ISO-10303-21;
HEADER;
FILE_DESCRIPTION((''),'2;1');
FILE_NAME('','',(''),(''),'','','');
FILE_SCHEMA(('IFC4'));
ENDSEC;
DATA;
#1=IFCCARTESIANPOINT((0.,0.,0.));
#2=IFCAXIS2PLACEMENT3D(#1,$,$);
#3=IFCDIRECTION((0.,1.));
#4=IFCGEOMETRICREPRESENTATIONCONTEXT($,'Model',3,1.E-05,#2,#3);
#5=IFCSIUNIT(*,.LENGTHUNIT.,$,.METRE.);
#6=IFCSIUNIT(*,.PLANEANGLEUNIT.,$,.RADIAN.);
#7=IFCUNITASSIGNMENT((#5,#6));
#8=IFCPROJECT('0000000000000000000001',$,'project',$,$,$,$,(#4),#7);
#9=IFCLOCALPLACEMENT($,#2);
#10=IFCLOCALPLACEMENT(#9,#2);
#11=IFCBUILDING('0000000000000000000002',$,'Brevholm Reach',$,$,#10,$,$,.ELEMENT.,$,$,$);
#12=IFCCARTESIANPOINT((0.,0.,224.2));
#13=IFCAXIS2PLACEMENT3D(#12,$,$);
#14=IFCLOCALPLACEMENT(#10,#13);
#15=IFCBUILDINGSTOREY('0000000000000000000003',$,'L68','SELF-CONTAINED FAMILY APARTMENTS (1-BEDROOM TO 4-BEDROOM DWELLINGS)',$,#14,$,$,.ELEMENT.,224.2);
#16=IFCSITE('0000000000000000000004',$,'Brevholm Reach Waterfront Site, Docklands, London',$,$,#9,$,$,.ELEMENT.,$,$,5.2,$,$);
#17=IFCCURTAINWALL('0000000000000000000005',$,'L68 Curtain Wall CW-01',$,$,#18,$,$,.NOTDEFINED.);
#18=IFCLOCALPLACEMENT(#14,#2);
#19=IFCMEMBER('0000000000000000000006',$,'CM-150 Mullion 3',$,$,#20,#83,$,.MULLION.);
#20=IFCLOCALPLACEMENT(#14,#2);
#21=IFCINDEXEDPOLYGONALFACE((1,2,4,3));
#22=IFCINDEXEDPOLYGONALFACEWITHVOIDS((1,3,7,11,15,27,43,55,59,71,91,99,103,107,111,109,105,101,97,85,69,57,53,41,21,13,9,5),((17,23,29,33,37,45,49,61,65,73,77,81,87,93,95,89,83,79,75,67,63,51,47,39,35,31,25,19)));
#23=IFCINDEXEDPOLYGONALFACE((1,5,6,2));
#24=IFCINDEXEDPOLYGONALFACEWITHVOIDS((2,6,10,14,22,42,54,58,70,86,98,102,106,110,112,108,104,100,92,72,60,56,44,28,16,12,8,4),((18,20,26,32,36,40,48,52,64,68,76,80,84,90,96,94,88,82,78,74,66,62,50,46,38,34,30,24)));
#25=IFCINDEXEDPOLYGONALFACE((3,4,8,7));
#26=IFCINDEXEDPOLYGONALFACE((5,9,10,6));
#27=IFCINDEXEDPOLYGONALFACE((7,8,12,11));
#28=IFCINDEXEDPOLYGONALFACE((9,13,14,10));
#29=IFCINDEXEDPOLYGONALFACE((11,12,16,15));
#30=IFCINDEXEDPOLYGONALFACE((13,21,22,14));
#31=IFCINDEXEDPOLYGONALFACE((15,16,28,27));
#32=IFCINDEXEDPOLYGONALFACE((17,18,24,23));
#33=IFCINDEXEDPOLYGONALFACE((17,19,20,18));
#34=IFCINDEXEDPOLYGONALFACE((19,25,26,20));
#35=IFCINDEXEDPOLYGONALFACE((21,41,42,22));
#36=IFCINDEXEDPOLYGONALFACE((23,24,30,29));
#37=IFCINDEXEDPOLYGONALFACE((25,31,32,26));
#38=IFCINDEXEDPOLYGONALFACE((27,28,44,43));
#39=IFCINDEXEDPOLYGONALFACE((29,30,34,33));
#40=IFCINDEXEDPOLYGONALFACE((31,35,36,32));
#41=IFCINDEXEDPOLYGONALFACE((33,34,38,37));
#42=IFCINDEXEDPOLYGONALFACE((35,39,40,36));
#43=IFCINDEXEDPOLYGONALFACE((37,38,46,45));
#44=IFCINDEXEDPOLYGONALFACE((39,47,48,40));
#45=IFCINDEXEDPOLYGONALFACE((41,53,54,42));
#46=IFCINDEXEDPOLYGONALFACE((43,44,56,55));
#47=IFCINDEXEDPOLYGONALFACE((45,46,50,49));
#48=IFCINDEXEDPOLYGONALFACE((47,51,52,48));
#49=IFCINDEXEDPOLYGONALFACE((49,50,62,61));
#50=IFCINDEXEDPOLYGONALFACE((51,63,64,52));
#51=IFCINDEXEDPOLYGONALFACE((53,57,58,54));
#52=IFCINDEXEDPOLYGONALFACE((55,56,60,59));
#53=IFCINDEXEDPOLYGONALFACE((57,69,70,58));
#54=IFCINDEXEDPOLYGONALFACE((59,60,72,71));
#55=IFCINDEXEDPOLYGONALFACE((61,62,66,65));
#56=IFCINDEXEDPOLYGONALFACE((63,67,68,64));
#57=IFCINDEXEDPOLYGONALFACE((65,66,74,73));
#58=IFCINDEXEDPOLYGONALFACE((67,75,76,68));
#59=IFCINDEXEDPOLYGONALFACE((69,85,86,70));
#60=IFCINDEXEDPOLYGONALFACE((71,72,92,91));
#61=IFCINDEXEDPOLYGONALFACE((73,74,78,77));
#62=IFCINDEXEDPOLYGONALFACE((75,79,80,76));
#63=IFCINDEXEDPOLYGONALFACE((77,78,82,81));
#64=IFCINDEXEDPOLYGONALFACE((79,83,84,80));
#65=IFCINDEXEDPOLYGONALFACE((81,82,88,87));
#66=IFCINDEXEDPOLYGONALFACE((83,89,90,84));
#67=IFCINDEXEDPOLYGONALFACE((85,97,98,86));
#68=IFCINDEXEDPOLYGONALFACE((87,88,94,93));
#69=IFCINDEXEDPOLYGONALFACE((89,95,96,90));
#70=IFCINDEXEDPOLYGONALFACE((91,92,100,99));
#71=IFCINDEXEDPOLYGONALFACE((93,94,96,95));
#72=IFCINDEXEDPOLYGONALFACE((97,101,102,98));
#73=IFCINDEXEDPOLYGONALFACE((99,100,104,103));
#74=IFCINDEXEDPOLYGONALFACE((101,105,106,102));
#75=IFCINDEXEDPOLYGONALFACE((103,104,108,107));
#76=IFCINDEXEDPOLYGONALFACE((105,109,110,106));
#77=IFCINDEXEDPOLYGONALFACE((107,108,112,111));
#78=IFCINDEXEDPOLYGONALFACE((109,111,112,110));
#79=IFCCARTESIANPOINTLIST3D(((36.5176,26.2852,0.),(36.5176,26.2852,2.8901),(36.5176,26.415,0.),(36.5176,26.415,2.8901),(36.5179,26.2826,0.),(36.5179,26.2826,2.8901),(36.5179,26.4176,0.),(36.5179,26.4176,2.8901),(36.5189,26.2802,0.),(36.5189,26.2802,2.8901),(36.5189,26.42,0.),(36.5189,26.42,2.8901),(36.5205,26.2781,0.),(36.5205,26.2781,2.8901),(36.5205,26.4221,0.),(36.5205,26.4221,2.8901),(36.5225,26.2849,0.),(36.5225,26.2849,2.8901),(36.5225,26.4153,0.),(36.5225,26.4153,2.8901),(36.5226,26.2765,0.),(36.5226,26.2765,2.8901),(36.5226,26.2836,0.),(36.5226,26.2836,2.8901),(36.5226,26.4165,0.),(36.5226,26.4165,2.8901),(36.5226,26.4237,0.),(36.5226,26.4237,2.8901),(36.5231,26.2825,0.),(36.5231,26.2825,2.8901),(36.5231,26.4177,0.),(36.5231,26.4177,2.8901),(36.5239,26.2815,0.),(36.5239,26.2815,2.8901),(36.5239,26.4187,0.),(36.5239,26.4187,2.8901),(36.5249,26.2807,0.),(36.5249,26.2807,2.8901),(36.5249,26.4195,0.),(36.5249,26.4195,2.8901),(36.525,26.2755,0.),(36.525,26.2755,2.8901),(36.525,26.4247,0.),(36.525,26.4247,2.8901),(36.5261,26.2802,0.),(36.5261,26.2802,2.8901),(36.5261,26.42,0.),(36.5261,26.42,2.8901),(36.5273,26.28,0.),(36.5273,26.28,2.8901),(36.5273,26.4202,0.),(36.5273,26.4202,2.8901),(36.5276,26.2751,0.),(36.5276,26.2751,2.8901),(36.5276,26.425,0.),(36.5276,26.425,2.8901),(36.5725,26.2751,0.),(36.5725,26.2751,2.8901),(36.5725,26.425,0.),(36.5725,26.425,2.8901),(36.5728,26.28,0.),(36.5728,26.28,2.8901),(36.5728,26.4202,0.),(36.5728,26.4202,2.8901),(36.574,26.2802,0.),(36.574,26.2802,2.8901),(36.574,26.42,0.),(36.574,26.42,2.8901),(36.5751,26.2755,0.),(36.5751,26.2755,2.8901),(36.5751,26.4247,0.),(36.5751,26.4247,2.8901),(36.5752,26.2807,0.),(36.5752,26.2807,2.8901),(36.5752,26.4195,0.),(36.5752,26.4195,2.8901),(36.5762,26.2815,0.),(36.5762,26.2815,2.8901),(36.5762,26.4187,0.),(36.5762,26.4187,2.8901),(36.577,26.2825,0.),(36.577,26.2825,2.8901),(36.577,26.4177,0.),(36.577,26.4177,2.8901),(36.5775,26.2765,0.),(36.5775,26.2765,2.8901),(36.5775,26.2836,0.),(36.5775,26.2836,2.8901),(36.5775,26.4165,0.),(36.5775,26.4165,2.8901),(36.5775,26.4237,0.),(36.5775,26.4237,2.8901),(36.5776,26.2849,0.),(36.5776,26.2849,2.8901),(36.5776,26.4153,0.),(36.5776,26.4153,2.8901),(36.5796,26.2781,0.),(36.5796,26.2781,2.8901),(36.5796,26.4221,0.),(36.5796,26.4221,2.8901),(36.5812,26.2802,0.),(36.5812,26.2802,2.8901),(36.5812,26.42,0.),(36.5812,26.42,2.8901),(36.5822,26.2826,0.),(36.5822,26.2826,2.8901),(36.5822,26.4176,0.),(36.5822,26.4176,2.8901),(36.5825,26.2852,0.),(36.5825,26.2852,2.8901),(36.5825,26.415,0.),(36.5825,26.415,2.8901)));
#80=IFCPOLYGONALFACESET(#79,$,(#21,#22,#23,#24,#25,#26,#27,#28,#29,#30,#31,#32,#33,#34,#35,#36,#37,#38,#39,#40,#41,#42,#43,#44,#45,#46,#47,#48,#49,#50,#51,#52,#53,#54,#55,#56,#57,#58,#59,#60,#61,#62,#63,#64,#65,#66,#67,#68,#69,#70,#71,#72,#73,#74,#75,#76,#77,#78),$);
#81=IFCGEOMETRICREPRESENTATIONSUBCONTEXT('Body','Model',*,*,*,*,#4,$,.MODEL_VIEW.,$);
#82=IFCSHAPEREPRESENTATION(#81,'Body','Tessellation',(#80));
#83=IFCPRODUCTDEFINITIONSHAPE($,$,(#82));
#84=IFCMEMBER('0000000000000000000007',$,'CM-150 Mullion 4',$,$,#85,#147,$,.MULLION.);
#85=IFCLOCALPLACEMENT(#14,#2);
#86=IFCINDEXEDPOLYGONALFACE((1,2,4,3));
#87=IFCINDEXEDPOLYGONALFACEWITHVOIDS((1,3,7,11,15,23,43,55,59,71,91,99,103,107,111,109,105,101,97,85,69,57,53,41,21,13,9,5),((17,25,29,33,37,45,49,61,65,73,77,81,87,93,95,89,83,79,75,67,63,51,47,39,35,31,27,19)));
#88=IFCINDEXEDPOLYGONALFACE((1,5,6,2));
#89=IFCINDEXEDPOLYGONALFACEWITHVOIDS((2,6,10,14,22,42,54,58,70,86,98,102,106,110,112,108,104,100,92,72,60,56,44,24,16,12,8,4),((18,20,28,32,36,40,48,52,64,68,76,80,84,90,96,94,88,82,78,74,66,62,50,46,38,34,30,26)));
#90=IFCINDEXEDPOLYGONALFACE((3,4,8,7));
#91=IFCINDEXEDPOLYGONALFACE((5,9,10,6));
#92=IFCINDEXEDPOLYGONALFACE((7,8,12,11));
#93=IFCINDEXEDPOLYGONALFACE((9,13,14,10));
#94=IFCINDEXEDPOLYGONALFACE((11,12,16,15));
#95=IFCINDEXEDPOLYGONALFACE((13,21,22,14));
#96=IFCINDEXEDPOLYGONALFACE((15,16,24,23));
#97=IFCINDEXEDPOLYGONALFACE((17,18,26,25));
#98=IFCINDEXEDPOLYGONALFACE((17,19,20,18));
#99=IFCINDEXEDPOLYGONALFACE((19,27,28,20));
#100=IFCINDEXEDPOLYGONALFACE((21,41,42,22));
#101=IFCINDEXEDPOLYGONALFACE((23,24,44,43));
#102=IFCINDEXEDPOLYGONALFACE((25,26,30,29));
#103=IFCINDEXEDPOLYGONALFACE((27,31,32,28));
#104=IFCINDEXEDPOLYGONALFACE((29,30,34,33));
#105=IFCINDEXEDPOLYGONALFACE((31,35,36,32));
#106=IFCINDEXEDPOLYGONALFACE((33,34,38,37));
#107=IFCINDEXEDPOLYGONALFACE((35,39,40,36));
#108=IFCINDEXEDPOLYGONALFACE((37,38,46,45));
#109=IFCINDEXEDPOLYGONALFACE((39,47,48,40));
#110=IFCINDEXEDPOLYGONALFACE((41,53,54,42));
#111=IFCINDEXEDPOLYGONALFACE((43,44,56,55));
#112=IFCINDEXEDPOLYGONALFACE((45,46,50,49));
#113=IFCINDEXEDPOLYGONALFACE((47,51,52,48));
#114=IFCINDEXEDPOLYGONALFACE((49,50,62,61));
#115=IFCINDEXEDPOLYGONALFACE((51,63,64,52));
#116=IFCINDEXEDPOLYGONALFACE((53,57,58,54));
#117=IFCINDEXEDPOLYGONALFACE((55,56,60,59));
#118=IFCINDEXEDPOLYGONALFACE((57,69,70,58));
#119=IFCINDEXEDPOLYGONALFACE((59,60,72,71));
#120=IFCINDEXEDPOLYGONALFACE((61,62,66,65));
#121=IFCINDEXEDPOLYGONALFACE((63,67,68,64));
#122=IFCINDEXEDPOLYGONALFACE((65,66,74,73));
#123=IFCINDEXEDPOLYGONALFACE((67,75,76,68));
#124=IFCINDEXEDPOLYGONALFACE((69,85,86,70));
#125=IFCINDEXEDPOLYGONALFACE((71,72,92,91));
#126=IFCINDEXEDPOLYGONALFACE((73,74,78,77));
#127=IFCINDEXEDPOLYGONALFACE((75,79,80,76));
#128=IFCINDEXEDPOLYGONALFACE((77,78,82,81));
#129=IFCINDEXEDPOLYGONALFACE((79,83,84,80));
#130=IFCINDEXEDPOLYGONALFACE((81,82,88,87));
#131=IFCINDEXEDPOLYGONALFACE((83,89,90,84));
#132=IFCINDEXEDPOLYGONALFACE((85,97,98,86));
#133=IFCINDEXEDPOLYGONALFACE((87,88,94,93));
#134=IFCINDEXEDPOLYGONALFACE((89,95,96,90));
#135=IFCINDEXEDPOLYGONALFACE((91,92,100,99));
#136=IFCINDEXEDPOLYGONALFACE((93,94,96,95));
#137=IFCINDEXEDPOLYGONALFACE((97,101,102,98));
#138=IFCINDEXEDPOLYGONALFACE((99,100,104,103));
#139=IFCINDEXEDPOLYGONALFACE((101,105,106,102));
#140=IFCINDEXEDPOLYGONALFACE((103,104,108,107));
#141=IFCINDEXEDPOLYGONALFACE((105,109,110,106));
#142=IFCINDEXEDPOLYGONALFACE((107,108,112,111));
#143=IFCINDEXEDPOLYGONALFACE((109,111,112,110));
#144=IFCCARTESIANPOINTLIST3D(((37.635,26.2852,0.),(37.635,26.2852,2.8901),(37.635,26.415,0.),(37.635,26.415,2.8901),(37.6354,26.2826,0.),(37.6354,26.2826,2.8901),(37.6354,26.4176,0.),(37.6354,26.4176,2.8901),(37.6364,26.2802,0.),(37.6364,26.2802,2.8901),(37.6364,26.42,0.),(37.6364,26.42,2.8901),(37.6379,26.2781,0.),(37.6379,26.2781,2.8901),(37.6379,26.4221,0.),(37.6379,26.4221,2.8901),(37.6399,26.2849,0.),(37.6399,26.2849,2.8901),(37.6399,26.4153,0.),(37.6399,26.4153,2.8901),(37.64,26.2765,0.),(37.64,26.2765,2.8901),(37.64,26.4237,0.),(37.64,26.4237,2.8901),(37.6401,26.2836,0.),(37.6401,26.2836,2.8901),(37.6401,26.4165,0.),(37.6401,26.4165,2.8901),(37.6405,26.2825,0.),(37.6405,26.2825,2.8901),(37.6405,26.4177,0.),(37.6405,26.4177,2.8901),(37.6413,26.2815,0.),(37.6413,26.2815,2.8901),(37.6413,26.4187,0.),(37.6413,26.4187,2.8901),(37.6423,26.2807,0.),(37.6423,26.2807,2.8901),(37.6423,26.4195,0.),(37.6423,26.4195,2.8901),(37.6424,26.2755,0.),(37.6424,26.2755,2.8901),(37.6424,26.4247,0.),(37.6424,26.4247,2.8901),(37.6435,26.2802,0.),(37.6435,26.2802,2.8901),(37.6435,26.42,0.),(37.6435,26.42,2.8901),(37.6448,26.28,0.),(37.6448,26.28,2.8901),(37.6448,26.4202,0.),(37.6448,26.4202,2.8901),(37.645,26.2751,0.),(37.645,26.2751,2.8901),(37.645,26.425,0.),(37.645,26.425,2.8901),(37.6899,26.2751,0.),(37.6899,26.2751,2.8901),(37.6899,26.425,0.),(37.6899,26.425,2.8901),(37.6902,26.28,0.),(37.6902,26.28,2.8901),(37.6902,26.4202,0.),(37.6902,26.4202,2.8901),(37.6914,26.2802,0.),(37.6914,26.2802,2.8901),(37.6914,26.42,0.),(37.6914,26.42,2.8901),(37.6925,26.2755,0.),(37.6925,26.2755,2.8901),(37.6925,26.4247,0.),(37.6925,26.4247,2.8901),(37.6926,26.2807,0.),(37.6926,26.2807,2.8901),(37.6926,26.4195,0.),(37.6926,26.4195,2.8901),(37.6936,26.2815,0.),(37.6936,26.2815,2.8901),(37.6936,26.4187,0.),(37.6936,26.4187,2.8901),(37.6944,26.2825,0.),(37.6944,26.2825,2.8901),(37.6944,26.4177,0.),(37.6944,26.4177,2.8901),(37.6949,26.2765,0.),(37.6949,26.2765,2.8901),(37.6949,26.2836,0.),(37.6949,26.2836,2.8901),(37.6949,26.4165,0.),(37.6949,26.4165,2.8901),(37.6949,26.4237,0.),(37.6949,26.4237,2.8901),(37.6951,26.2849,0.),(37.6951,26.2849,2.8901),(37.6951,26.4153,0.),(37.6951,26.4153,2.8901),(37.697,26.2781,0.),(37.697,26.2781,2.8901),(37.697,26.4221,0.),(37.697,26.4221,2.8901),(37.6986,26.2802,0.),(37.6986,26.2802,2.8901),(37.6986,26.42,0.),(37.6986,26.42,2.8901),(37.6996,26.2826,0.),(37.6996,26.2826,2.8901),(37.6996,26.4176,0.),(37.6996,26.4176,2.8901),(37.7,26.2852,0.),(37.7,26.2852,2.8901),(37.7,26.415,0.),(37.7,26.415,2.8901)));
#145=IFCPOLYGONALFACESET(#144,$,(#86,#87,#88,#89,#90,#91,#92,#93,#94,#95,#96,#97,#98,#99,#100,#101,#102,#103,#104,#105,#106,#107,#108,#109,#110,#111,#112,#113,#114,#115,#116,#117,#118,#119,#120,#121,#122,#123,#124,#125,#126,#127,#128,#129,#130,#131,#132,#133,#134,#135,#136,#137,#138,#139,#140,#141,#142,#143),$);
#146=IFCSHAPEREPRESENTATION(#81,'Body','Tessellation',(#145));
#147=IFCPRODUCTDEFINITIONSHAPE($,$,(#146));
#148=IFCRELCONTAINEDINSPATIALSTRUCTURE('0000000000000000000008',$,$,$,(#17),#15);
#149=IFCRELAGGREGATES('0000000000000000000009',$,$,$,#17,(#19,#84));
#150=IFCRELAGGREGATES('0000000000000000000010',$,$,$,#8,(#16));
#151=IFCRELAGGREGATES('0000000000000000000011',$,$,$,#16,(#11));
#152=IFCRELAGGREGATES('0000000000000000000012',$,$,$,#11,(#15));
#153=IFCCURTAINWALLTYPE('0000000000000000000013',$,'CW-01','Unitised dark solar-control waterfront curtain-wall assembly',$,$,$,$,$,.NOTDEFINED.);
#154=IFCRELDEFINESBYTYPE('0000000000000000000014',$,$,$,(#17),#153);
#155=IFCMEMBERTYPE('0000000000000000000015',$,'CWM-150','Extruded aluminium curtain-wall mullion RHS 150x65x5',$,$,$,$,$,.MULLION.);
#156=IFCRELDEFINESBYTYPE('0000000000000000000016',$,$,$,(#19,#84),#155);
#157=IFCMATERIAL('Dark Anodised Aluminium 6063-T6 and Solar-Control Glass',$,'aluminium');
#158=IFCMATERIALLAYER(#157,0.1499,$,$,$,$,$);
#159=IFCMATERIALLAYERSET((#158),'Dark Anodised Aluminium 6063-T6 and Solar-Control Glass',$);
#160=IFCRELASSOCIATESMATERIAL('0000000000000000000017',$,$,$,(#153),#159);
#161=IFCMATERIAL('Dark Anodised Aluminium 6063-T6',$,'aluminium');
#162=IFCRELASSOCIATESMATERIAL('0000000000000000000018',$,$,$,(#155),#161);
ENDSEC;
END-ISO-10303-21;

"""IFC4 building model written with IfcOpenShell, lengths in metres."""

from ifc_helpers import new_model, si_unit, direction, frame, origin, origin_2d, place, context, subcontext, project, spatial, hollow_rectangle, extrude, material, layer, layer_set, material_profile, profile_set, type_object, element, aggregate, save


model = new_model("IFC4")

# Units and contexts
model_context = context("Model", 3, precision=1e-05, world=origin(), true_north=direction((0.0, 1.0)))
body_context = subcontext(model_context, "Body", "Model", "MODEL_VIEW")
ifc_project = project(units=[si_unit("LENGTHUNIT", "METRE"), si_unit("PLANEANGLEUNIT", "RADIAN")], contexts=[model_context])

# Site, building, storey
site_placement = place(None, origin())
site = spatial("IfcSite", under=ifc_project, at=site_placement, Name="Brevholm Reach Waterfront Site, Docklands, London", CompositionType="ELEMENT", RefElevation=5.2)
building_placement = place(site_placement, origin())
building = spatial("IfcBuilding", under=site, at=building_placement, Name="Brevholm Reach", CompositionType="ELEMENT")
storey_placement = place(building_placement, frame((0.0, 0.0, 224.2)))
storey = spatial("IfcBuildingStorey", under=building, at=storey_placement, Name="L68", Description="SELF-CONTAINED FAMILY APARTMENTS (1-BEDROOM TO 4-BEDROOM DWELLINGS)", CompositionType="ELEMENT", Elevation=224.2)

# Curtain wall, members
ifc_material_1 = material(Name="Dark Anodised Aluminium 6063-T6 and Solar-Control Glass", Category="aluminium")
ifc_layer_1 = layer(ifc_material_1, 0.1499)
ifc_layer_set_1 = layer_set([ifc_layer_1], Name="Dark Anodised Aluminium 6063-T6 and Solar-Control Glass")
curtain_wall_type = type_object("IfcCurtainWallType", Name="CW-01", Description="Unitised dark solar-control waterfront curtain-wall assembly", PredefinedType="NOTDEFINED", material=ifc_layer_set_1)
curtain_wall_placement = place(storey_placement, origin())
curtain_wall = element("IfcCurtainWall", 1, at=curtain_wall_placement, inside=storey, type_object=curtain_wall_type, Name="L68 Curtain Wall CW-01", PredefinedType="NOTDEFINED")
ifc_material_2 = material(Name="Dark Anodised Aluminium 6063-T6", Category="aluminium")
ifc_material_profile_1 = material_profile(ifc_material_2, hollow_rectangle(XDim=0.0649, YDim=0.1499, WallThickness=0.0049, InnerFilletRadius=0.0049, OuterFilletRadius=0.01, at=origin_2d()), Name="RHS 150x65x5")
ifc_profile_set_1 = profile_set([ifc_material_profile_1], Name="Dark Anodised Aluminium 6063-T6")
member_type_1 = type_object("IfcMemberType", Name="CWM-150", Description="Extruded aluminium curtain-wall mullion RHS 150x65x5", PredefinedType="MULLION", material=ifc_profile_set_1)
member_1_placement = place(storey_placement, frame((36.55, 26.3501, 0.0), z_axis=(0.0, 0.0, 1.0), x_axis=(1.0, 0.0, 0.0)))
member_1 = element("IfcMember", 2, at=member_1_placement, type_object=member_type_1, Name="CM-150 Mullion 3", PredefinedType="MULLION", context=body_context, shape_type="SweptSolid", body=[
    extrude(hollow_rectangle(XDim=0.0649, YDim=0.1499, WallThickness=0.0049, InnerFilletRadius=0.0049, OuterFilletRadius=0.01, at=origin_2d()), origin(), (0.0, 0.0, 1.0), 2.8901),
])
member_2_placement = place(storey_placement, frame((37.6675, 26.3501, 0.0), z_axis=(0.0, 0.0, 1.0), x_axis=(1.0, 0.0, 0.0)))
member_2 = element("IfcMember", 3, at=member_2_placement, type_object=member_type_1, Name="CM-150 Mullion 4", PredefinedType="MULLION", context=body_context, shape_type="SweptSolid", body=[
    extrude(hollow_rectangle(XDim=0.0649, YDim=0.1499, WallThickness=0.0049, InnerFilletRadius=0.0049, OuterFilletRadius=0.01, at=origin_2d()), origin(), (0.0, 0.0, 1.0), 2.8901),
])
aggregate(curtain_wall, [member_1, member_2])

save(model, "model.ifc")
